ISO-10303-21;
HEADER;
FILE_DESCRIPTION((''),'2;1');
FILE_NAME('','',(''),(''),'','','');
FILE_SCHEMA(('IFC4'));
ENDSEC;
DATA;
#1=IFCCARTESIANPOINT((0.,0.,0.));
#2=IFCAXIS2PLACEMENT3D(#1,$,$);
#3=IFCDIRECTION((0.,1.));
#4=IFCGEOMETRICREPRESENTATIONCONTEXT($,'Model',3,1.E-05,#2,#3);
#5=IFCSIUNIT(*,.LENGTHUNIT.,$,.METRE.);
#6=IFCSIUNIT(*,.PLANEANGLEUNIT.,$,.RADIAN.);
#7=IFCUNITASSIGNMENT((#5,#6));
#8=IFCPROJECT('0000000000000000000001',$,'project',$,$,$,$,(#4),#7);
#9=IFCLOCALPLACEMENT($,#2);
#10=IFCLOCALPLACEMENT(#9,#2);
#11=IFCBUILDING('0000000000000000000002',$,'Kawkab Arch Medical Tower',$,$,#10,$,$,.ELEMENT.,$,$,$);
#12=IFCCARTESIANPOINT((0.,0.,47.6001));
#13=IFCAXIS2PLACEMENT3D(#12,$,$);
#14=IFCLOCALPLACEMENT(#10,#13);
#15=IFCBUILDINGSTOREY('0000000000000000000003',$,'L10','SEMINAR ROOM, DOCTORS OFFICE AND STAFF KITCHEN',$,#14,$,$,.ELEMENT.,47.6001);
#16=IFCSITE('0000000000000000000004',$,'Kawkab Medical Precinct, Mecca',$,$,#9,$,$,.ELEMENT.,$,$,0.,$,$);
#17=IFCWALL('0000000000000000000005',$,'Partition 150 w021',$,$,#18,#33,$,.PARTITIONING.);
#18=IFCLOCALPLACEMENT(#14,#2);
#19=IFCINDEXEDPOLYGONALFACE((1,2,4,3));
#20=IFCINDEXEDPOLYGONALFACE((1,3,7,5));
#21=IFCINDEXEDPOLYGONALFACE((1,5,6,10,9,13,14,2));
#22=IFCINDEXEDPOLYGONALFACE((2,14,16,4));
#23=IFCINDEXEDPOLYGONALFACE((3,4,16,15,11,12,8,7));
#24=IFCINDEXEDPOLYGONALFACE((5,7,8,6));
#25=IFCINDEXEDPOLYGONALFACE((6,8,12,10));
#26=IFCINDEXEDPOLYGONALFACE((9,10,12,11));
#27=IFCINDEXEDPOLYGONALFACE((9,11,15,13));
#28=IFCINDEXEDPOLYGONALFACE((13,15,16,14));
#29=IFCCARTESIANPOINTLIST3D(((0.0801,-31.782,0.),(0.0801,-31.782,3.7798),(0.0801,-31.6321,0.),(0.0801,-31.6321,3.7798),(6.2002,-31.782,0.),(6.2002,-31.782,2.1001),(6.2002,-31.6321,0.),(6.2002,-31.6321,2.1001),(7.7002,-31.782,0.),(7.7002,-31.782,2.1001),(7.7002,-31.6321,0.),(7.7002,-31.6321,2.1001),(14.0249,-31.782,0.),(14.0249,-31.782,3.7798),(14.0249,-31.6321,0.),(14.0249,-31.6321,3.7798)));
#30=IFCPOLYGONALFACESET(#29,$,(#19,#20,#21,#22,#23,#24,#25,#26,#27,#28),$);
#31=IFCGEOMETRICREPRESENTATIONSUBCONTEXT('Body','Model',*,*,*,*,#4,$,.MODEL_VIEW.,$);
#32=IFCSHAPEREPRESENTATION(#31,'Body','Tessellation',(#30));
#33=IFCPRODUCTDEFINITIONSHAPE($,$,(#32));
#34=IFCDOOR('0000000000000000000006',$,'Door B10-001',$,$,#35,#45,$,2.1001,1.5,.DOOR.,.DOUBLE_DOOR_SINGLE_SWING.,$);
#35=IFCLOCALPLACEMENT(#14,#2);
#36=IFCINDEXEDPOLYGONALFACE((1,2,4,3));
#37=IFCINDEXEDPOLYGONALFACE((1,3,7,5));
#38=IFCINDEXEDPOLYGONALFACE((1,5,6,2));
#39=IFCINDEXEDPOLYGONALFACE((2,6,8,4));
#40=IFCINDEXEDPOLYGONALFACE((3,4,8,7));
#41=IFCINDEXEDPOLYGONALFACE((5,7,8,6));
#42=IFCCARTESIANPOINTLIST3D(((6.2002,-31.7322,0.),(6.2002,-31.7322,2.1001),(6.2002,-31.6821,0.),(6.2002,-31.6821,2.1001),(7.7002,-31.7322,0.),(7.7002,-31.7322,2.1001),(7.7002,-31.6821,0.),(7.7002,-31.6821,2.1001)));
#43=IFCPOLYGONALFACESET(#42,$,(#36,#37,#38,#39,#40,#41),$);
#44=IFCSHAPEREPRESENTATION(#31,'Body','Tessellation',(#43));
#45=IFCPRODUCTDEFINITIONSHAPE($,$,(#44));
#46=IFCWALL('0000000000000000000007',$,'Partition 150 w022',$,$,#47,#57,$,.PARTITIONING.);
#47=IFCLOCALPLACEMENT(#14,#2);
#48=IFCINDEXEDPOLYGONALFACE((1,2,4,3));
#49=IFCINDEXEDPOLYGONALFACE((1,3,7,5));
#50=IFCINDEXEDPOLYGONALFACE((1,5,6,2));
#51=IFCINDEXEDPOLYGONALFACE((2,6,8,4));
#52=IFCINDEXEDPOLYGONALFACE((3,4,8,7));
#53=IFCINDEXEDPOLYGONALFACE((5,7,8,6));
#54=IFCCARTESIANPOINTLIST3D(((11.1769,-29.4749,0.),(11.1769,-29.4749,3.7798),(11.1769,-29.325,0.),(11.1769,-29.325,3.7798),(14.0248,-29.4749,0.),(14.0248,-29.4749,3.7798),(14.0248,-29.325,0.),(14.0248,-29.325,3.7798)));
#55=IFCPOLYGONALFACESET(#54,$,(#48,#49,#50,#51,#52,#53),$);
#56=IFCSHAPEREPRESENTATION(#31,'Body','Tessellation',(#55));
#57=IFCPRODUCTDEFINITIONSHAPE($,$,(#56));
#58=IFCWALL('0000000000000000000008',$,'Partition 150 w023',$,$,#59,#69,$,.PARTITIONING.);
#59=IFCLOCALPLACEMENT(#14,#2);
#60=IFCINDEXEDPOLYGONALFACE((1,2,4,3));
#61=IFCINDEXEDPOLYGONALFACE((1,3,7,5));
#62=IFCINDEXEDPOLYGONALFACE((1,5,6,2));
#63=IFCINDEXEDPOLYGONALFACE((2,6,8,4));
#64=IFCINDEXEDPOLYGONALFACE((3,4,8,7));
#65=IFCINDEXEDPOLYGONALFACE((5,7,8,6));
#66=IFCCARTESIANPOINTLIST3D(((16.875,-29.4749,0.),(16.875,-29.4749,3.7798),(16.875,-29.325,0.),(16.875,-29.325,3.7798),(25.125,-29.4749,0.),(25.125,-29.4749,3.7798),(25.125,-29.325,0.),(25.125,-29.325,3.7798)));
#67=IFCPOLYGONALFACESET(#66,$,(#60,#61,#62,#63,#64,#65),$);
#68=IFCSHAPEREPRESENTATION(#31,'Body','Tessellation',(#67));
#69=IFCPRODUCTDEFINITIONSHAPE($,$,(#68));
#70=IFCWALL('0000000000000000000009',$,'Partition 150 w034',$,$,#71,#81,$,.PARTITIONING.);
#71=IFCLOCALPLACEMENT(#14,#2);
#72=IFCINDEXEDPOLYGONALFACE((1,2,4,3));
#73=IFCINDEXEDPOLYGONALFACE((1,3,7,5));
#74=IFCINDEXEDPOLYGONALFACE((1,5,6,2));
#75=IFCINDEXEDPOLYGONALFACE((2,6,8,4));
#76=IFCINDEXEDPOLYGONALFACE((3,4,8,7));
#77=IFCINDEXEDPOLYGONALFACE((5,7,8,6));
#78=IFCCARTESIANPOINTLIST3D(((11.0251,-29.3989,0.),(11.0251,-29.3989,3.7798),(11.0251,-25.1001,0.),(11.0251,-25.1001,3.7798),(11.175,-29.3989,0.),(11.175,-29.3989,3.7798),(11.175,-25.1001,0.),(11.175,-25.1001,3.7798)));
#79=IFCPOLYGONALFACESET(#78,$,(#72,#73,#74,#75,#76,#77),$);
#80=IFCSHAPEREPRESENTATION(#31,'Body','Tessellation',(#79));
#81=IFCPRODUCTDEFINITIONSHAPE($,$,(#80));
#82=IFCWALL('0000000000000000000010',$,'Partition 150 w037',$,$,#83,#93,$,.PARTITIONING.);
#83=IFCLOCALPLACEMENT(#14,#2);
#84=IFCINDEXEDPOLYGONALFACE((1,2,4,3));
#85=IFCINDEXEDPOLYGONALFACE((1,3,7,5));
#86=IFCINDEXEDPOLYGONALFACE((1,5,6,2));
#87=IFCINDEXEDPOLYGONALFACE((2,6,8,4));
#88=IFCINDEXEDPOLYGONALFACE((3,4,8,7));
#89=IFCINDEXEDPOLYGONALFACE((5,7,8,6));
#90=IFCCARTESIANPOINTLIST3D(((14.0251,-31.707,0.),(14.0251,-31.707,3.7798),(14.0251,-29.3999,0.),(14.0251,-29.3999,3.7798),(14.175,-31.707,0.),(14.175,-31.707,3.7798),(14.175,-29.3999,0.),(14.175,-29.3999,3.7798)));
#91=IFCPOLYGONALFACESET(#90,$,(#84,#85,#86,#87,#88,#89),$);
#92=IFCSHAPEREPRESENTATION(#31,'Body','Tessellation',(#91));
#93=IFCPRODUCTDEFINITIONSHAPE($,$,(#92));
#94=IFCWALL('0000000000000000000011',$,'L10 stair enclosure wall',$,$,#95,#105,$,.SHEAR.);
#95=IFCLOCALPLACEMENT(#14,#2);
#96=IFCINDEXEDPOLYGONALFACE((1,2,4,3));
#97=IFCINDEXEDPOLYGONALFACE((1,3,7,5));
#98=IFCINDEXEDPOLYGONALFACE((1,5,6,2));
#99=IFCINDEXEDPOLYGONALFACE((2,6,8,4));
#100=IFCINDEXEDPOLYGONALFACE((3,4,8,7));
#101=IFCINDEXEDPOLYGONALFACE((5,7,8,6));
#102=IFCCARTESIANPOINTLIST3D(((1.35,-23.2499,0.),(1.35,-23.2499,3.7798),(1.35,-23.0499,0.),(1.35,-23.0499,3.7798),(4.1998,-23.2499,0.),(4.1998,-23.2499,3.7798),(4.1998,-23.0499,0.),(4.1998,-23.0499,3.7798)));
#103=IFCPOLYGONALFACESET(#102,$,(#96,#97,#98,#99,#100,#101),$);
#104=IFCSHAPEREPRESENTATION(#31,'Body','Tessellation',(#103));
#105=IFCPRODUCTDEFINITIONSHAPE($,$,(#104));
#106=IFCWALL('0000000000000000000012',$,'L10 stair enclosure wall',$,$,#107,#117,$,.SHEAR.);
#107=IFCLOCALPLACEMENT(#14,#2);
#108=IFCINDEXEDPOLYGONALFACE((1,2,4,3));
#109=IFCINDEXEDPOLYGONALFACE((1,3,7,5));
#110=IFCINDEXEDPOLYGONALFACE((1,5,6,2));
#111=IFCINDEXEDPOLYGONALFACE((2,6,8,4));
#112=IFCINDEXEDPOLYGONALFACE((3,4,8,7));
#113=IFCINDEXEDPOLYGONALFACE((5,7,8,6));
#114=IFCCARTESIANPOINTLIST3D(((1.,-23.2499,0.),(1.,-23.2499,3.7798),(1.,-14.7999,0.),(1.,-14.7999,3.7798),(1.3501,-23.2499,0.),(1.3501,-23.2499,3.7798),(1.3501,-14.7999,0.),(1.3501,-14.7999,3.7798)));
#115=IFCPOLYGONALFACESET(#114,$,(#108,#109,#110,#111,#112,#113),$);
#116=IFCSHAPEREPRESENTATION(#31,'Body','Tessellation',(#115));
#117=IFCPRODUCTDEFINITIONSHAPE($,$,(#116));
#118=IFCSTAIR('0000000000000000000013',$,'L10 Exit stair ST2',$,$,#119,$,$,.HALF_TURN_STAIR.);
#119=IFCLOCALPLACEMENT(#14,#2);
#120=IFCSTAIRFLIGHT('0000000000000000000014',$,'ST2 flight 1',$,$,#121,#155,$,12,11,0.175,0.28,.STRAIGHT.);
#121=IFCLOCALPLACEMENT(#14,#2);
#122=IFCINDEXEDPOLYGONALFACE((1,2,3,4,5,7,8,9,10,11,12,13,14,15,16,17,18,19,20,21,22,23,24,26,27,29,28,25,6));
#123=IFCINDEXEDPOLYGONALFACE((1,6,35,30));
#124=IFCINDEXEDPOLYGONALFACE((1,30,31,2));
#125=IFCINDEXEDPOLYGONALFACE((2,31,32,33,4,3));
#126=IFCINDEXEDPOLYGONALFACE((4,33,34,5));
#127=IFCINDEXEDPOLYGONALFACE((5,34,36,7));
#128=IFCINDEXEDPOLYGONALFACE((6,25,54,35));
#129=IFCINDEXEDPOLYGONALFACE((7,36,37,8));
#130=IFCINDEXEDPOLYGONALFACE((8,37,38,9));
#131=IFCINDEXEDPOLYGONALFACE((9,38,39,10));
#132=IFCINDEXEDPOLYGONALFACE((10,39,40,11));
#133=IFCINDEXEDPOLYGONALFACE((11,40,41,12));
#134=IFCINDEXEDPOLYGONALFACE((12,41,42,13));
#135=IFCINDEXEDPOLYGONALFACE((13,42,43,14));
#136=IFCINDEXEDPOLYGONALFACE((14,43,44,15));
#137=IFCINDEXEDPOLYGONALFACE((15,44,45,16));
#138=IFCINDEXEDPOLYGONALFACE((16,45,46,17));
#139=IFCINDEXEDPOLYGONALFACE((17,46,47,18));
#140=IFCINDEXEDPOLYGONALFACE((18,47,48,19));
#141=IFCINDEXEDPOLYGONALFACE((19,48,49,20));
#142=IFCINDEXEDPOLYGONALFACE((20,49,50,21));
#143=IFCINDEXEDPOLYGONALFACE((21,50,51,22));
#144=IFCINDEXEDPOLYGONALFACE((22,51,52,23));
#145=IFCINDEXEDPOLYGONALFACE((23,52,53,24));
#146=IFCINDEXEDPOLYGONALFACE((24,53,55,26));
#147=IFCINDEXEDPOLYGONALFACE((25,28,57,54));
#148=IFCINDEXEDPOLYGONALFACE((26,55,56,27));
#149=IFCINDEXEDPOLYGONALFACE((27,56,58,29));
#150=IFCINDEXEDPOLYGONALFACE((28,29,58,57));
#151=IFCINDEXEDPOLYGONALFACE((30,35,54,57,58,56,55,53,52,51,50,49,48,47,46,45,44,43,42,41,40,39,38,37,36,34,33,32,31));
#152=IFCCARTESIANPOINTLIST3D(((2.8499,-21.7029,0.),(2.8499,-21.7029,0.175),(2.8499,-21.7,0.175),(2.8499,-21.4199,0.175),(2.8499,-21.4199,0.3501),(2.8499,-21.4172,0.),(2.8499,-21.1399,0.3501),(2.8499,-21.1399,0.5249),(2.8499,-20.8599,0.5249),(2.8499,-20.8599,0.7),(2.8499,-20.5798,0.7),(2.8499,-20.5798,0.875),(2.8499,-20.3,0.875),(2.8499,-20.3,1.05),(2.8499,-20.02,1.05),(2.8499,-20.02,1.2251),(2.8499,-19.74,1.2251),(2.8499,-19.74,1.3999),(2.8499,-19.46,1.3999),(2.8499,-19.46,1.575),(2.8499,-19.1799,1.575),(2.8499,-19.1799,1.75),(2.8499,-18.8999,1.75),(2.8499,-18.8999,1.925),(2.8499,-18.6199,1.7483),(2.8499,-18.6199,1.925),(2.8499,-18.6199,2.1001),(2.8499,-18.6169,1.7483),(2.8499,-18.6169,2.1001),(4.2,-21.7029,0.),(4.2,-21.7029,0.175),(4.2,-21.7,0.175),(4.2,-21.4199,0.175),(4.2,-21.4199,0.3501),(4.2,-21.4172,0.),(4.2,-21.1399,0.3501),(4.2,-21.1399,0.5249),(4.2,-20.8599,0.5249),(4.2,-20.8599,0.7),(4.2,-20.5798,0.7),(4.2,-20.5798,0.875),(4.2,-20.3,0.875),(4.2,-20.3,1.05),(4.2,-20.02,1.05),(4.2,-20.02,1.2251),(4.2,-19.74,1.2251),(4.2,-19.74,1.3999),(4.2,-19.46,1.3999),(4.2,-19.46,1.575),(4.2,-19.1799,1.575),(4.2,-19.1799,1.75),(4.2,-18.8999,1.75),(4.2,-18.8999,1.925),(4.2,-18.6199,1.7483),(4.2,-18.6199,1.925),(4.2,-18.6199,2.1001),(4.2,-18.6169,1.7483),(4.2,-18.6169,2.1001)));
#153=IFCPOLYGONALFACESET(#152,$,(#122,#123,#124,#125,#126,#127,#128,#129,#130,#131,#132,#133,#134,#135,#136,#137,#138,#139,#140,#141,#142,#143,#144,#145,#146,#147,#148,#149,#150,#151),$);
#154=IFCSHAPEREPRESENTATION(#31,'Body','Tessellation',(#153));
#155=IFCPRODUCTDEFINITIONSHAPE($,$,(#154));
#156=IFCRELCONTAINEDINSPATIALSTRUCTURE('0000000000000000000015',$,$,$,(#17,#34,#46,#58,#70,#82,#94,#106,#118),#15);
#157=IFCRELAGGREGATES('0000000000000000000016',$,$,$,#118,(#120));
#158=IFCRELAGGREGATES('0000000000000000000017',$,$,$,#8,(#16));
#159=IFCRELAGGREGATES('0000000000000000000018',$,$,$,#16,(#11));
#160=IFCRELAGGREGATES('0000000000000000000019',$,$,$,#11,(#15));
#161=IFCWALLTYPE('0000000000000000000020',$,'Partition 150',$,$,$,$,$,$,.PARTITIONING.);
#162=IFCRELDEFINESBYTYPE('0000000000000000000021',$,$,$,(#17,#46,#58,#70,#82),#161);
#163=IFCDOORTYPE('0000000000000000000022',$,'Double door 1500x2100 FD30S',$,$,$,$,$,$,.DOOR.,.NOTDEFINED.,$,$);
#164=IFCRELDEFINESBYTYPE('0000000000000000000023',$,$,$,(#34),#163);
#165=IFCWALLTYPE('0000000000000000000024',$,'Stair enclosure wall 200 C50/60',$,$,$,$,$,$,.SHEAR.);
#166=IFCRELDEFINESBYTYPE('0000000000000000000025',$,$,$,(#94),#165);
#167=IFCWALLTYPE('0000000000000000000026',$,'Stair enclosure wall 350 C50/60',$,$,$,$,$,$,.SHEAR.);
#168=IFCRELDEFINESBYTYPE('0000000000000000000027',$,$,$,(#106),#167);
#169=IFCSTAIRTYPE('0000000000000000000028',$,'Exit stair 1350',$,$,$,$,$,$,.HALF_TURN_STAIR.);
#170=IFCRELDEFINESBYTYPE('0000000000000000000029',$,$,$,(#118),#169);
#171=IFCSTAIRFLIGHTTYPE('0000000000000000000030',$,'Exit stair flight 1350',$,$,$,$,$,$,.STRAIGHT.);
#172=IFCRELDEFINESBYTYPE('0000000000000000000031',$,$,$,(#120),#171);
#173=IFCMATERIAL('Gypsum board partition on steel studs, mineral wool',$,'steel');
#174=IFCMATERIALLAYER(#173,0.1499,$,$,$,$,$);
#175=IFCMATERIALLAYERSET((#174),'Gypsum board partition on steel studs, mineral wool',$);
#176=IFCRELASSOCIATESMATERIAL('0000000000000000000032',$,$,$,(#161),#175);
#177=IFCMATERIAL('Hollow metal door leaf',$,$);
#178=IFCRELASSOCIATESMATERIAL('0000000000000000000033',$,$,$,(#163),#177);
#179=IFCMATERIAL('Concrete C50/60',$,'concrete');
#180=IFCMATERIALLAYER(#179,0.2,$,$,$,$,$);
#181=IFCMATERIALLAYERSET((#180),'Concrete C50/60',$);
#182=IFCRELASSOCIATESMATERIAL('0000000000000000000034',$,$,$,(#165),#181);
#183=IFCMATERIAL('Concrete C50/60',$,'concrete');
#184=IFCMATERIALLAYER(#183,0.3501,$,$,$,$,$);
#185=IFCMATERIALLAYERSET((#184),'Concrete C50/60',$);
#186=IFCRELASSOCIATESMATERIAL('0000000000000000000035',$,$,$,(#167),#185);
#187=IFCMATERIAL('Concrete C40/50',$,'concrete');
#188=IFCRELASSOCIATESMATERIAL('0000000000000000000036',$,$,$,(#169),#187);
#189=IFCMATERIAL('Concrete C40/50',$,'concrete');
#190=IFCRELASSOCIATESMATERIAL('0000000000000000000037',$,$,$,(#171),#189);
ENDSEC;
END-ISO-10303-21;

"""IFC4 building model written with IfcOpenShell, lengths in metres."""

from ifc_helpers import new_model, si_unit, direction, frame, frame_2d, origin, place, context, subcontext, project, spatial, polyline, rectangle, outline, extrude, material, layer, layer_set, type_object, element, fill, aggregate, save


model = new_model("IFC4")

# Units and contexts
model_context = context("Model", 3, precision=1e-05, world=origin(), true_north=direction((0.0, 1.0)))
body_context = subcontext(model_context, "Body", "Model", "MODEL_VIEW")
ifc_project = project(units=[si_unit("LENGTHUNIT", "METRE"), si_unit("PLANEANGLEUNIT", "RADIAN")], contexts=[model_context])

# Site, building, storey
site_placement = place(None, origin())
site = spatial("IfcSite", under=ifc_project, at=site_placement, Name="Kawkab Medical Precinct, Mecca", CompositionType="ELEMENT", RefElevation=0.0)
building_placement = place(site_placement, origin())
building = spatial("IfcBuilding", under=site, at=building_placement, Name="Kawkab Arch Medical Tower", CompositionType="ELEMENT")
storey_placement = place(building_placement, frame((0.0, 0.0, 47.6001)))
storey = spatial("IfcBuildingStorey", under=building, at=storey_placement, Name="L10", Description="SEMINAR ROOM, DOCTORS OFFICE AND STAFF KITCHEN", CompositionType="ELEMENT", Elevation=47.6001)

# Shared definitions
ifc_material_1 = material(Name="Gypsum board partition on steel studs, mineral wool", Category="steel")
ifc_layer_1 = layer(ifc_material_1, 0.1499)
ifc_layer_set_1 = layer_set([ifc_layer_1], Name="Gypsum board partition on steel studs, mineral wool")
wall_type_1 = type_object("IfcWallType", Name="Partition 150", PredefinedType="PARTITIONING", material=ifc_layer_set_1)

# Wall, opening, door
wall_1_placement = place(storey_placement, frame((0.0801, -31.707, 0.0), z_axis=(0.0, 0.0, 1.0), x_axis=(1.0, 0.0, 0.0)))
wall_1 = element("IfcWall", 1, at=wall_1_placement, inside=storey, type_object=wall_type_1, Name="Partition 150 w021", PredefinedType="PARTITIONING", context=body_context, shape_type="SweptSolid", body=[
    extrude(rectangle(XDim=13.9448, YDim=0.1499, at=frame_2d((6.9724, 0.0))), origin(), (0.0, 0.0, 1.0), 3.7798),
])
opening_1_placement = place(wall_1_placement, frame((6.1201, 0.0, 0.0)))
opening_1 = element("IfcOpeningElement", 2, at=opening_1_placement, cuts=wall_1, PredefinedType="OPENING", context=body_context, shape_type="SweptSolid", body=[
    extrude(rectangle(XDim=1.5, YDim=2.1001, at=frame_2d((0.75, 1.05))), frame((0.0, 0.085, 0.0), z_axis=(0.0, -1.0, 0.0), x_axis=(1.0, 0.0, 0.0)), (0.0, 0.0, 1.0), 0.1699),
])
ifc_material_2 = material(Name="Hollow metal door leaf")
door_type_1 = type_object("IfcDoorType", Name="Double door 1500x2100 FD30S", OperationType="NOTDEFINED", PredefinedType="DOOR", material=ifc_material_2)
door_1_placement = place(opening_1_placement, origin())
door_1 = element("IfcDoor", 3, at=door_1_placement, inside=storey, type_object=door_type_1, Name="Door B10-001", OperationType="DOUBLE_DOOR_SINGLE_SWING", OverallHeight=2.1001, OverallWidth=1.5, PredefinedType="DOOR", context=body_context, shape_type="SweptSolid", body=[
    extrude(rectangle(XDim=1.5, YDim=2.1001, at=frame_2d((0.75, 1.05))), frame((0.0, 0.0249, 0.0), z_axis=(0.0, -1.0, 0.0), x_axis=(1.0, 0.0, 0.0)), (0.0, 0.0, 1.0), 0.05),
])
fill(opening_1, door_1)

# Walls
wall_2_placement = place(storey_placement, frame((11.177, -29.3999, 0.0), z_axis=(0.0, 0.0, 1.0), x_axis=(1.0, 0.0, 0.0)))
element("IfcWall", 4, at=wall_2_placement, inside=storey, type_object=wall_type_1, Name="Partition 150 w022", PredefinedType="PARTITIONING", context=body_context, shape_type="SweptSolid", body=[
    extrude(rectangle(XDim=2.8479, YDim=0.1499, at=frame_2d((1.4238, 0.0))), origin(), (0.0, 0.0, 1.0), 3.7798),
])
wall_3_placement = place(storey_placement, frame((16.875, -29.3999, 0.0), z_axis=(0.0, 0.0, 1.0), x_axis=(1.0, 0.0, 0.0)))
element("IfcWall", 5, at=wall_3_placement, inside=storey, type_object=wall_type_1, Name="Partition 150 w023", PredefinedType="PARTITIONING", context=body_context, shape_type="SweptSolid", body=[
    extrude(rectangle(XDim=8.25, YDim=0.1499, at=frame_2d((4.125, 0.0))), origin(), (0.0, 0.0, 1.0), 3.7798),
])
wall_4_placement = place(storey_placement, frame((11.1001, -29.3989, 0.0), z_axis=(0.0, 0.0, 1.0), x_axis=(0.0, 1.0, 0.0)))
element("IfcWall", 6, at=wall_4_placement, inside=storey, type_object=wall_type_1, Name="Partition 150 w034", PredefinedType="PARTITIONING", context=body_context, shape_type="SweptSolid", body=[
    extrude(rectangle(XDim=4.2988, YDim=0.1499, at=frame_2d((2.1494, 0.0))), origin(), (0.0, 0.0, 1.0), 3.7798),
])
wall_5_placement = place(storey_placement, frame((14.1001, -31.707, 0.0), z_axis=(0.0, 0.0, 1.0), x_axis=(0.0, 1.0, 0.0)))
element("IfcWall", 7, at=wall_5_placement, inside=storey, type_object=wall_type_1, Name="Partition 150 w037", PredefinedType="PARTITIONING", context=body_context, shape_type="SweptSolid", body=[
    extrude(rectangle(XDim=2.3071, YDim=0.1499, at=frame_2d((1.1536, 0.0))), origin(), (0.0, 0.0, 1.0), 3.7798),
])
ifc_material_3 = material(Name="Concrete C50/60", Category="concrete")
ifc_layer_2 = layer(ifc_material_3, 0.2)
ifc_layer_set_2 = layer_set([ifc_layer_2], Name="Concrete C50/60")
wall_type_2 = type_object("IfcWallType", Name="Stair enclosure wall 200 C50/60", PredefinedType="SHEAR", material=ifc_layer_set_2)
wall_6_placement = place(storey_placement, frame((1.3501, -23.1499, 0.0), z_axis=(0.0, 0.0, 1.0), x_axis=(1.0, 0.0, 0.0)))
element("IfcWall", 8, at=wall_6_placement, inside=storey, type_object=wall_type_2, Name="L10 stair enclosure wall", PredefinedType="SHEAR", context=body_context, shape_type="SweptSolid", body=[
    extrude(rectangle(XDim=2.8499, YDim=0.2, at=frame_2d((1.4248, 0.0))), origin(), (0.0, 0.0, 1.0), 3.7798),
])
ifc_material_4 = material(Name="Concrete C50/60", Category="concrete")
ifc_layer_3 = layer(ifc_material_4, 0.3501)
ifc_layer_set_3 = layer_set([ifc_layer_3], Name="Concrete C50/60")
wall_type_3 = type_object("IfcWallType", Name="Stair enclosure wall 350 C50/60", PredefinedType="SHEAR", material=ifc_layer_set_3)
wall_7_placement = place(storey_placement, frame((1.175, -23.25, 0.0), z_axis=(0.0, 0.0, 1.0), x_axis=(0.0, 1.0, 0.0)))
element("IfcWall", 9, at=wall_7_placement, inside=storey, type_object=wall_type_3, Name="L10 stair enclosure wall", PredefinedType="SHEAR", context=body_context, shape_type="SweptSolid", body=[
    extrude(rectangle(XDim=8.45, YDim=0.3501, at=frame_2d((4.2251, 0.0))), origin(), (0.0, 0.0, 1.0), 3.7798),
])

# Stair, stair flight
ifc_material_5 = material(Name="Concrete C40/50", Category="concrete")
stair_type = type_object("IfcStairType", Name="Exit stair 1350", PredefinedType="HALF_TURN_STAIR", material=ifc_material_5)
stair_placement = place(storey_placement, origin())
stair = element("IfcStair", 10, at=stair_placement, inside=storey, type_object=stair_type, Name="L10 Exit stair ST2", PredefinedType="HALF_TURN_STAIR")
ifc_material_6 = material(Name="Concrete C40/50", Category="concrete")
stair_flight_type = type_object("IfcStairFlightType", Name="Exit stair flight 1350", PredefinedType="STRAIGHT", material=ifc_material_6)
stair_flight_placement = place(storey_placement, frame((3.5249, -21.7, 0.0), z_axis=(0.0, 0.0, 1.0), x_axis=(0.0, 1.0, 0.0)))
stair_flight = element("IfcStairFlight", 11, at=stair_flight_placement, type_object=stair_flight_type, Name="ST2 flight 1", NumberOfRisers=12, NumberOfTreads=11, PredefinedType="STRAIGHT", RiserHeight=0.175, TreadLength=0.28, context=body_context, shape_type="SweptSolid", body=[
    extrude(outline(polyline([(-0.0029, 0.0), (-0.0029, 0.175), (0.0, 0.175), (0.28, 0.175), (0.28, 0.3501), (0.5601, 0.3501), (0.5601, 0.5249), (0.8401, 0.5249), (0.8401, 0.7), (1.1201, 0.7), (1.1201, 0.875), (1.3999, 0.875), (1.3999, 1.05), (1.6799, 1.05), (1.6799, 1.2251), (1.96, 1.2251), (1.96, 1.3999), (2.24, 1.3999), (2.24, 1.575), (2.52, 1.575), (2.52, 1.75), (2.8, 1.75), (2.8, 1.925), (3.0801, 1.925), (3.0801, 2.1001), (3.083, 2.1001), (3.083, 1.7483), (3.0801, 1.7483), (0.2827, 0.0), (-0.0029, 0.0)])), frame((0.0, 0.675, 0.0), z_axis=(0.0, -1.0, 0.0), x_axis=(1.0, 0.0, 0.0)), (0.0, 0.0, 1.0), 1.3501),
])
aggregate(stair, [stair_flight])

save(model, "model.ifc")
